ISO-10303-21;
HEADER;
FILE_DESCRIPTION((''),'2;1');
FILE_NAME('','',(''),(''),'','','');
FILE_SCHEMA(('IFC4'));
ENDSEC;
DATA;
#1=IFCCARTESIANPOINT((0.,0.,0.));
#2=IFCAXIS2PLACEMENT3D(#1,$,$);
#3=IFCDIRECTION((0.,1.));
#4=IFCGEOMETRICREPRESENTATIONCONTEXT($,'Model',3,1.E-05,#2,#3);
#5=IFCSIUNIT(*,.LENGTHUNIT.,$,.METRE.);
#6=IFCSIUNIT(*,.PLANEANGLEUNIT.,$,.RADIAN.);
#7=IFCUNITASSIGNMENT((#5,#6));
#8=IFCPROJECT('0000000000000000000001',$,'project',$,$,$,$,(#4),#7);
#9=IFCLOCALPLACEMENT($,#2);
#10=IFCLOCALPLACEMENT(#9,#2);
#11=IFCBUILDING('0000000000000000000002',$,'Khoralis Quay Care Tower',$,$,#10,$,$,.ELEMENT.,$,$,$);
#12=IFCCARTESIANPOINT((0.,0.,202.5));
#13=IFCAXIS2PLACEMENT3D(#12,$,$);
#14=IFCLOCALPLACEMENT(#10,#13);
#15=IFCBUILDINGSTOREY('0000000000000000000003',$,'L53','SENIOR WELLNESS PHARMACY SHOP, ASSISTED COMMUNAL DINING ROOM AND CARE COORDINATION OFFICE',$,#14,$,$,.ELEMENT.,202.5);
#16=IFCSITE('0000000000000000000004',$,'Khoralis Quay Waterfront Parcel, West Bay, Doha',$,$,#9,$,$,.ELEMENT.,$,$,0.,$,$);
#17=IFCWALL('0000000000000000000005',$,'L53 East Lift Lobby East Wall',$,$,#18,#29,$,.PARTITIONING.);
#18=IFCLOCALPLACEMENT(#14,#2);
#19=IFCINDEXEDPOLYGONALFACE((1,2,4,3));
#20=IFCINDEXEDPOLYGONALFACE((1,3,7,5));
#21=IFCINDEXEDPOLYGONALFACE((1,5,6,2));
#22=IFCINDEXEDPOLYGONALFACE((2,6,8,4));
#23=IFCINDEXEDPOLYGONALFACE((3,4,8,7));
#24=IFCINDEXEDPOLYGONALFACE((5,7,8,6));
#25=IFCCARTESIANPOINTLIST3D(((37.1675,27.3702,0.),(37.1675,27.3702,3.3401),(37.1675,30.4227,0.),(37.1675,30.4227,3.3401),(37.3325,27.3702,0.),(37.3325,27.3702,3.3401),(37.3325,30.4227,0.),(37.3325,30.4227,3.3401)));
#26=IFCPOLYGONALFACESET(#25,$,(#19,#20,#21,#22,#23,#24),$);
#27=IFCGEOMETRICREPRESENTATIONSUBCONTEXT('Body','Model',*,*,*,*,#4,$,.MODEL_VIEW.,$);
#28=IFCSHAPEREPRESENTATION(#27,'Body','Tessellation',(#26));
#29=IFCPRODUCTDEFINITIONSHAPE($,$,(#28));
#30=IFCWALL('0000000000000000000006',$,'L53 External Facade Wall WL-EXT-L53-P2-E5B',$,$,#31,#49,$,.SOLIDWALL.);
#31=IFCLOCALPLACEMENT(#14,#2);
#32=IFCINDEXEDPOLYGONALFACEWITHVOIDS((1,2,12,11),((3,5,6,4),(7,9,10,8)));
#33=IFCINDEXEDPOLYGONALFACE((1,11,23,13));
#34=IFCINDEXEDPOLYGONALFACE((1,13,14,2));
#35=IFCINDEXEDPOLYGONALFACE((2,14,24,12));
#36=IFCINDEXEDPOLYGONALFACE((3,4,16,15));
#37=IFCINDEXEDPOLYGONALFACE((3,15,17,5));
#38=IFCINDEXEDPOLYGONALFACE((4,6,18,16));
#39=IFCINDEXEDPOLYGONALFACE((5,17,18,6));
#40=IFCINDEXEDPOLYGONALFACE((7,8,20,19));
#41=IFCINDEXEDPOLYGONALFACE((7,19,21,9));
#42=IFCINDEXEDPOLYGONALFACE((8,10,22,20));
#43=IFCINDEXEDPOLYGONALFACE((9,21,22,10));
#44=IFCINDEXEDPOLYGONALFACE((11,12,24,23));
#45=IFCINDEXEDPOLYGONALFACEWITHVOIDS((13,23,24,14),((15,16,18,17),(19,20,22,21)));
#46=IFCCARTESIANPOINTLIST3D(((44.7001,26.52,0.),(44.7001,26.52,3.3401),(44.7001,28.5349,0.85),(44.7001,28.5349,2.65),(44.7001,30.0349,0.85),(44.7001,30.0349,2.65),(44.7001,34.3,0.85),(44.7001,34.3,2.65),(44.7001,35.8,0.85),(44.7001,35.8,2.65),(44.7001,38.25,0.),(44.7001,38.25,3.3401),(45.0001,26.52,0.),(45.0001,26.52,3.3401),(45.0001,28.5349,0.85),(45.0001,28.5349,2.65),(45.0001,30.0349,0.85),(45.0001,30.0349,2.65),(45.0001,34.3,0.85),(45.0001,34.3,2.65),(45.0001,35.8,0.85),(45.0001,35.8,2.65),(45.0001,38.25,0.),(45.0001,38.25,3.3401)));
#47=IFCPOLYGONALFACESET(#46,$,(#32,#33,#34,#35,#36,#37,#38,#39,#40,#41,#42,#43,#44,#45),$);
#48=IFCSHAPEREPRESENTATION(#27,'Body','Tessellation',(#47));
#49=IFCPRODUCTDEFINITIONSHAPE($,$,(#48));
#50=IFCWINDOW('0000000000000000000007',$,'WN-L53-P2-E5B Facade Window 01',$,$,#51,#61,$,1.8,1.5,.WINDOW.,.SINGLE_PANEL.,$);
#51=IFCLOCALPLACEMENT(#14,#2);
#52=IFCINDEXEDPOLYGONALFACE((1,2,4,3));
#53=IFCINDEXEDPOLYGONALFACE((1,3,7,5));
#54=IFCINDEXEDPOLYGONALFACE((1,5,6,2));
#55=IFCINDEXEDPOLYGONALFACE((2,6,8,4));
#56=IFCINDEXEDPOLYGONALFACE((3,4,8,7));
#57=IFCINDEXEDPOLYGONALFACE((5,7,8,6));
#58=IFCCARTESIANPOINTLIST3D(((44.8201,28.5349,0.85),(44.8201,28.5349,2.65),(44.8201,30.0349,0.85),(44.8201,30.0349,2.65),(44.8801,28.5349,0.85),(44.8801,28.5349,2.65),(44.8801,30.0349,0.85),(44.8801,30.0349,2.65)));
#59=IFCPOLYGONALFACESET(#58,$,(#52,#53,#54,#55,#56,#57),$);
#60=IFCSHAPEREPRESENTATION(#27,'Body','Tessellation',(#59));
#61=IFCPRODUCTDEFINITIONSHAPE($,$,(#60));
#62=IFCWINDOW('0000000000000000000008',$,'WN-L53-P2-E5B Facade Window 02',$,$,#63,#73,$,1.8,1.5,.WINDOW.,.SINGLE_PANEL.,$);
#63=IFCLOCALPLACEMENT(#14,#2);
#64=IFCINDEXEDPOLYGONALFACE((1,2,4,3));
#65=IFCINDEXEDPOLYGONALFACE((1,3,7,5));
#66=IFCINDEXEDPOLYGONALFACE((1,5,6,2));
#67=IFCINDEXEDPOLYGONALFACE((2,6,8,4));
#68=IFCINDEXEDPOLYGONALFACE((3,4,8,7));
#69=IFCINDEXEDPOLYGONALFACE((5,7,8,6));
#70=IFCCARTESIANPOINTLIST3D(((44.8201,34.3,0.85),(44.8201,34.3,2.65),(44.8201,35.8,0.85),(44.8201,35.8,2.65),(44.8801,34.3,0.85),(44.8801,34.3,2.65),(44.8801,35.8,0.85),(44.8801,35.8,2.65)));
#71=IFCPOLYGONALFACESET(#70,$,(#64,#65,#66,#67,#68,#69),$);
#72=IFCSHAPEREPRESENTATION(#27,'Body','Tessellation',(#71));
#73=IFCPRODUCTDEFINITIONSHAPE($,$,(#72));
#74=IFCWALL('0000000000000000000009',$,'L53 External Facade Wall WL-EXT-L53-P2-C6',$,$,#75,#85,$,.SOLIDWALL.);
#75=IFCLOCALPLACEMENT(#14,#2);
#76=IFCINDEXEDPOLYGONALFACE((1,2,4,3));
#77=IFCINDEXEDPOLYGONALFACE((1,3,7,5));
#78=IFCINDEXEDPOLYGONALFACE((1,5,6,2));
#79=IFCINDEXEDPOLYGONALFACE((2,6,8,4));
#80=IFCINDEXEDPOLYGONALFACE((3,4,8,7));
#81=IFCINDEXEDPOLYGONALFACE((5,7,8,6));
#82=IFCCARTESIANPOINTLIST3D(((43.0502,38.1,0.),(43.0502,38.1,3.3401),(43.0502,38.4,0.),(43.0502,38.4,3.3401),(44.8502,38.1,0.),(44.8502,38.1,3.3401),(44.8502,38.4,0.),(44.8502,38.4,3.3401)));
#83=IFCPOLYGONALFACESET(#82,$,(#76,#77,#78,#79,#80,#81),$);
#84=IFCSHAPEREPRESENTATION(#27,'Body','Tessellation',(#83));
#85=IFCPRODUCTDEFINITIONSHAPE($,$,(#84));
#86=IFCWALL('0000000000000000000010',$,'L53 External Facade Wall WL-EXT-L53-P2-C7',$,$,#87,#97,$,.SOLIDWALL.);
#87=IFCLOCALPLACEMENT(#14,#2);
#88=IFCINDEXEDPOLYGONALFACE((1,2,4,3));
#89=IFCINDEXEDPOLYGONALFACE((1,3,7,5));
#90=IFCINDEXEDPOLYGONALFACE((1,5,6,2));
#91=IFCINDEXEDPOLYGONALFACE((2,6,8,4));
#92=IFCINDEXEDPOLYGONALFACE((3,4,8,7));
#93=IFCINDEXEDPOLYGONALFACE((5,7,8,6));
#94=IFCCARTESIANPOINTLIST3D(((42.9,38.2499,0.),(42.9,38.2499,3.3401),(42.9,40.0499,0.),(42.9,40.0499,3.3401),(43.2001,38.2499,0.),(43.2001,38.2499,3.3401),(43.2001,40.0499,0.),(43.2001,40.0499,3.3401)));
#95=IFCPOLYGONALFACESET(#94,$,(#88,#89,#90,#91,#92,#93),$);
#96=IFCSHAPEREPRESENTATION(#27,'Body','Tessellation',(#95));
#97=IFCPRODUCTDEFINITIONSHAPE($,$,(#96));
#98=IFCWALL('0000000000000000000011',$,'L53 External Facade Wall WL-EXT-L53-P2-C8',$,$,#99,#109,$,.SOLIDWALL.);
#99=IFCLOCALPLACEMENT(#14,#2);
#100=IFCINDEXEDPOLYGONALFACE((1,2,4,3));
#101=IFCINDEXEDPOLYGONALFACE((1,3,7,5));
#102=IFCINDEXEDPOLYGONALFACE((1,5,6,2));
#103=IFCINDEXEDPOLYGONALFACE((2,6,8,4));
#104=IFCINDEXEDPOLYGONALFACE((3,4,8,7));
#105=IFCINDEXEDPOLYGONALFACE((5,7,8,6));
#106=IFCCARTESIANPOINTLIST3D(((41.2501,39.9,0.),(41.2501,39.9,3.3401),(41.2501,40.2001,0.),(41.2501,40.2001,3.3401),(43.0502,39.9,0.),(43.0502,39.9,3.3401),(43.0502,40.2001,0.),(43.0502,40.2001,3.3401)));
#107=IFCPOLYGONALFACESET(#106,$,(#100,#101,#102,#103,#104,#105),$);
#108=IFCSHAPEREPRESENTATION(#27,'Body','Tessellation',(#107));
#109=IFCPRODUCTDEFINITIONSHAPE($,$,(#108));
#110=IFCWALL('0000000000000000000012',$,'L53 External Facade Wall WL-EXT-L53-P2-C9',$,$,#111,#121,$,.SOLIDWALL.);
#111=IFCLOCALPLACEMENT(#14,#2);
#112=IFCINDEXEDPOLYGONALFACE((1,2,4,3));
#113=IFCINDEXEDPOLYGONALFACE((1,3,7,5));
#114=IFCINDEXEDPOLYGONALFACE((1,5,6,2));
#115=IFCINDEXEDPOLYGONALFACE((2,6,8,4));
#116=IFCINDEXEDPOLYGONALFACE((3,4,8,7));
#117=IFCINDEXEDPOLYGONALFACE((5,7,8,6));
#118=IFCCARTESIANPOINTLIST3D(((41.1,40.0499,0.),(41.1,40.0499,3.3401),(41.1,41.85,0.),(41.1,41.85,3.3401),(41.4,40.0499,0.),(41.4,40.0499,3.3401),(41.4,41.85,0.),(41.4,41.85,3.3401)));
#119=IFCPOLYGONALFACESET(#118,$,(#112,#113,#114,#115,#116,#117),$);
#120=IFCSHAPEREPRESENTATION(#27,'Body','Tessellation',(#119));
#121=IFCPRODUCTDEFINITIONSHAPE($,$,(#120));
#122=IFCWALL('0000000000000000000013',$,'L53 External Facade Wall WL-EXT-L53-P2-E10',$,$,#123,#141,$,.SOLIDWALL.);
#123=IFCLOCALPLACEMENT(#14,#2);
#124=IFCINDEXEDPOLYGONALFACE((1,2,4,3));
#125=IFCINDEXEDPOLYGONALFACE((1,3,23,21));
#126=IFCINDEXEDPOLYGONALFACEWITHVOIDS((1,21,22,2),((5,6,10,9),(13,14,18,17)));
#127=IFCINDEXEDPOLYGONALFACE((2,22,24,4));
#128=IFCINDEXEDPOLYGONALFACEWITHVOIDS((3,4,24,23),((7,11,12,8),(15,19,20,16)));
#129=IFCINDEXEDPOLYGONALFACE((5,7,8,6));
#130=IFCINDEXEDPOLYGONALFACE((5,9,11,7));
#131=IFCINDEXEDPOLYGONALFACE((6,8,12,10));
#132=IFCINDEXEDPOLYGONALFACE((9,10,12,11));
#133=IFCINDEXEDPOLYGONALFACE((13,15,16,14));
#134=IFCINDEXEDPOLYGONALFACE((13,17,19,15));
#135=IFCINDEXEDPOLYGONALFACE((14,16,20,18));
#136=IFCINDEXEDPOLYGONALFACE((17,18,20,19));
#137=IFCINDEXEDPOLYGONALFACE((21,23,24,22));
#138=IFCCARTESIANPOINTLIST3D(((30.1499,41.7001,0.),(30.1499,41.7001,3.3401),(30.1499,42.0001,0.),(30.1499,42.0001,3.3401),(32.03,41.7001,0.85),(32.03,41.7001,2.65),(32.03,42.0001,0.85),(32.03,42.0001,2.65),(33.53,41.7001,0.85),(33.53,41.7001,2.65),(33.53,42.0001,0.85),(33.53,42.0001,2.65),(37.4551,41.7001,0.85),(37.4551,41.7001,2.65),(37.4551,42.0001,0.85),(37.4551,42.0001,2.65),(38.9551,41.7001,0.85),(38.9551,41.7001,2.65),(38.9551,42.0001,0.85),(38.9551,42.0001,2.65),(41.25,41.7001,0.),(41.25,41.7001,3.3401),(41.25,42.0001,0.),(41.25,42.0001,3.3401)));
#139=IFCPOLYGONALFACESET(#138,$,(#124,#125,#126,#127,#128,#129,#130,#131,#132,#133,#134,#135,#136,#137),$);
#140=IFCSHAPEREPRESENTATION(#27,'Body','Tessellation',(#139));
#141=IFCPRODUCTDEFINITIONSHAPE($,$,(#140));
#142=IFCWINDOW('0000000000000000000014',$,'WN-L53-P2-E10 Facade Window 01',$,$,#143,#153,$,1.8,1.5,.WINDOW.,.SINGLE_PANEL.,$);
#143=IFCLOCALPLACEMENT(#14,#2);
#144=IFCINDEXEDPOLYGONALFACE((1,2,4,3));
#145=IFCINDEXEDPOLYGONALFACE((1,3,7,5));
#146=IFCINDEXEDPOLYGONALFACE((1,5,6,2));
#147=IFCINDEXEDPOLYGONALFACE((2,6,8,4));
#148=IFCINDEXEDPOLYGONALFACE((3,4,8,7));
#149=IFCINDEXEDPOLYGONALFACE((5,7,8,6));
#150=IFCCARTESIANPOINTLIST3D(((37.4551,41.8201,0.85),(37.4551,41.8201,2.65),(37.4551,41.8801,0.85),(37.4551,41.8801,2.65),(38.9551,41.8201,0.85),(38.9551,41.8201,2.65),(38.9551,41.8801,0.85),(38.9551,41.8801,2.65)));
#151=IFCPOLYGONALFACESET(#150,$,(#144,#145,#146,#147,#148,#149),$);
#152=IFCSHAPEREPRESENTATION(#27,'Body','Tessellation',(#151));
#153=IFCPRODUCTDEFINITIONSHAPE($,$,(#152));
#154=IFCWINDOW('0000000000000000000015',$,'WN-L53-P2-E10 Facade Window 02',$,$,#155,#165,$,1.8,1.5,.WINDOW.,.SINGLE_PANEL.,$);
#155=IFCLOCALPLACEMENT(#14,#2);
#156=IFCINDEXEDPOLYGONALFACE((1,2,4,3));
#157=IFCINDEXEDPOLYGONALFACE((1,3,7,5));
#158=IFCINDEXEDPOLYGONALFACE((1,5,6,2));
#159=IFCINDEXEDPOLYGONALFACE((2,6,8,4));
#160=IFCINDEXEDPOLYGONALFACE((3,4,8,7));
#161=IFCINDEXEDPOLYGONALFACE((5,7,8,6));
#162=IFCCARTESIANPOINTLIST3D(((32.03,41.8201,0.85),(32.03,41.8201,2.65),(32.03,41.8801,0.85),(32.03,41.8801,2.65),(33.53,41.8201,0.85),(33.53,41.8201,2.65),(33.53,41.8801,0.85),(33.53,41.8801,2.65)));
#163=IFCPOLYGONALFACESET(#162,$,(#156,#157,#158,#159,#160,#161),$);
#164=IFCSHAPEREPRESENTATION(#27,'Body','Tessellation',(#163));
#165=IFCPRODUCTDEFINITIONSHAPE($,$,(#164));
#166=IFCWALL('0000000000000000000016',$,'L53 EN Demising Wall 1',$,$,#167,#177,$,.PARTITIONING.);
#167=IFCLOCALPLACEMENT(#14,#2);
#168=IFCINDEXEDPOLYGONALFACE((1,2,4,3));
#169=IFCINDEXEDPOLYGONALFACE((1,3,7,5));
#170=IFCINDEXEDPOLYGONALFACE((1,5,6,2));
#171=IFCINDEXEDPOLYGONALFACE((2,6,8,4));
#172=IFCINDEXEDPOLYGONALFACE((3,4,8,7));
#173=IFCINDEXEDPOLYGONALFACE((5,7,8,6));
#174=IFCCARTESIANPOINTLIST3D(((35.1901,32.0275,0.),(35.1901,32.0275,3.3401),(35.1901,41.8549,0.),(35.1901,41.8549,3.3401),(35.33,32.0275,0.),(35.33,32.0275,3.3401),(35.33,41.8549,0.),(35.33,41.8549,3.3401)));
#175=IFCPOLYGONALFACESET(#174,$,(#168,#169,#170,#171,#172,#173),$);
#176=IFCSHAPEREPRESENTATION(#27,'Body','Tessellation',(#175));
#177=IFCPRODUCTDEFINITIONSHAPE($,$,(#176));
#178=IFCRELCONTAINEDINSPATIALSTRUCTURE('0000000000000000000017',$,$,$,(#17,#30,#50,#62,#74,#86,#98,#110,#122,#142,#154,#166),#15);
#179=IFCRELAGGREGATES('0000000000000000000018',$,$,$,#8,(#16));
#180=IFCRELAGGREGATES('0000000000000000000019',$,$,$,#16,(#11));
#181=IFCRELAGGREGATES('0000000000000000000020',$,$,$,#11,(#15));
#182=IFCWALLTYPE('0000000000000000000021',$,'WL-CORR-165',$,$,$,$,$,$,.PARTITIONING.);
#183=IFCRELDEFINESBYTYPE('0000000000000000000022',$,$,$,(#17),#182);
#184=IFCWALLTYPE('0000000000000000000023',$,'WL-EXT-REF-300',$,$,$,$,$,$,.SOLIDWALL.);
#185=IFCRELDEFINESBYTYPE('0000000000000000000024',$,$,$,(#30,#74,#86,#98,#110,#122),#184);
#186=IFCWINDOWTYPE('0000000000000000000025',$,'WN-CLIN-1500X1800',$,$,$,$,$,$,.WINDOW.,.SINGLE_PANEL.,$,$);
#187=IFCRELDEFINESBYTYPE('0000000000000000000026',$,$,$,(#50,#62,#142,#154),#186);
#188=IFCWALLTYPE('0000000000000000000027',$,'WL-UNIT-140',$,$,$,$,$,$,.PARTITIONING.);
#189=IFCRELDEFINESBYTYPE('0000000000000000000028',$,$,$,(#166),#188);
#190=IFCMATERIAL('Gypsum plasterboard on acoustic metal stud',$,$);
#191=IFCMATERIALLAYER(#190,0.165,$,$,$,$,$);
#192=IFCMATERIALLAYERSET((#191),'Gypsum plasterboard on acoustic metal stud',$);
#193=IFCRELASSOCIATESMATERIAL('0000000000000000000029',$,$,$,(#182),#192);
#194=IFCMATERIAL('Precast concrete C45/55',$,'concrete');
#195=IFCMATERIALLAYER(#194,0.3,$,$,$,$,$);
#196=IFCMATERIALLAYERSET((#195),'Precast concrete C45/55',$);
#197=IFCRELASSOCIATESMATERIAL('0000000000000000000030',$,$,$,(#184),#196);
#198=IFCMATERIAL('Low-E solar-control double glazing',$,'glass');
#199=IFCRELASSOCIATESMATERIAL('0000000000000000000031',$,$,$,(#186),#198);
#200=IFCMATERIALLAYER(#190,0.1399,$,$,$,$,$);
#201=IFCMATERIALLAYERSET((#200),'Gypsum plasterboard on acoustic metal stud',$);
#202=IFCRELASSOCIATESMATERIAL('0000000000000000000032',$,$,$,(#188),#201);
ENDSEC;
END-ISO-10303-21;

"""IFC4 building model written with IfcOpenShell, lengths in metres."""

from ifc_helpers import new_model, si_unit, direction, frame, frame_2d, origin, place, context, subcontext, project, spatial, rectangle, extrude, source, transform, mapped, material, layer, layer_set, type_object, element, fill, save


model = new_model("IFC4")

# Units and contexts
model_context = context("Model", 3, precision=1e-05, world=origin(), true_north=direction((0.0, 1.0)))
body_context = subcontext(model_context, "Body", "Model", "MODEL_VIEW")
ifc_project = project(units=[si_unit("LENGTHUNIT", "METRE"), si_unit("PLANEANGLEUNIT", "RADIAN")], contexts=[model_context])

# Site, building, storey
site_placement = place(None, origin())
site = spatial("IfcSite", under=ifc_project, at=site_placement, Name="Khoralis Quay Waterfront Parcel, West Bay, Doha", CompositionType="ELEMENT", RefElevation=0.0)
building_placement = place(site_placement, origin())
building = spatial("IfcBuilding", under=site, at=building_placement, Name="Khoralis Quay Care Tower", CompositionType="ELEMENT")
storey_placement = place(building_placement, frame((0.0, 0.0, 202.5)))
storey = spatial("IfcBuildingStorey", under=building, at=storey_placement, Name="L53", Description="SENIOR WELLNESS PHARMACY SHOP, ASSISTED COMMUNAL DINING ROOM AND CARE COORDINATION OFFICE", CompositionType="ELEMENT", Elevation=202.5)

# Wall
ifc_material_1 = material(Name="Gypsum plasterboard on acoustic metal stud")
ifc_layer_1 = layer(ifc_material_1, 0.165)
ifc_layer_set_1 = layer_set([ifc_layer_1], Name="Gypsum plasterboard on acoustic metal stud")
wall_type_1 = type_object("IfcWallType", Name="WL-CORR-165", PredefinedType="PARTITIONING", material=ifc_layer_set_1)
wall_1_placement = place(storey_placement, frame((37.25, 27.3701, 0.0), z_axis=(0.0, 0.0, 1.0), x_axis=(0.0, 1.0, 0.0)))
element("IfcWall", 1, at=wall_1_placement, inside=storey, type_object=wall_type_1, Name="L53 East Lift Lobby East Wall", PredefinedType="PARTITIONING", context=body_context, shape_type="SweptSolid", body=[
    extrude(rectangle(XDim=3.0525, YDim=0.165, at=frame_2d((1.5264, 0.0))), origin(), (0.0, 0.0, 1.0), 3.3401),
])

# Wall, openings, windows
ifc_material_2 = material(Name="Precast concrete C45/55", Category="concrete")
ifc_layer_2 = layer(ifc_material_2, 0.3)
ifc_layer_set_2 = layer_set([ifc_layer_2], Name="Precast concrete C45/55")
wall_type_2 = type_object("IfcWallType", Name="WL-EXT-REF-300", PredefinedType="SOLIDWALL", material=ifc_layer_set_2)
wall_2_placement = place(storey_placement, frame((44.8501, 26.52, 0.0), z_axis=(0.0, 0.0, 1.0), x_axis=(0.0, 1.0, 0.0)))
wall_2 = element("IfcWall", 2, at=wall_2_placement, inside=storey, type_object=wall_type_2, Name="L53 External Facade Wall WL-EXT-L53-P2-E5B", PredefinedType="SOLIDWALL", context=body_context, shape_type="SweptSolid", body=[
    extrude(rectangle(XDim=11.73, YDim=0.3, at=frame_2d((5.865, 0.0))), origin(), (0.0, 0.0, 1.0), 3.3401),
])
opening_1_placement = place(wall_2_placement, frame((2.0149, 0.0, 0.8501)))
opening_1 = element("IfcOpeningElement", 3, at=opening_1_placement, cuts=wall_2, PredefinedType="OPENING", context=body_context, shape_type="SweptSolid", body=[
    extrude(rectangle(XDim=1.5, YDim=1.8, at=frame_2d((0.75, 0.8999))), frame((0.0, 0.1602, 0.0), z_axis=(0.0, -1.0, 0.0), x_axis=(1.0, 0.0, 0.0)), (0.0, 0.0, 1.0), 0.3201),
])
opening_2_placement = place(wall_2_placement, frame((7.78, 0.0, 0.8501)))
opening_2 = element("IfcOpeningElement", 4, at=opening_2_placement, cuts=wall_2, PredefinedType="OPENING", context=body_context, shape_type="SweptSolid", body=[
    extrude(rectangle(XDim=1.5, YDim=1.8, at=frame_2d((0.75, 0.8999))), frame((0.0, 0.1602, 0.0), z_axis=(0.0, -1.0, 0.0), x_axis=(1.0, 0.0, 0.0)), (0.0, 0.0, 1.0), 0.3201),
])
ifc_material_3 = material(Name="Low-E solar-control double glazing", Category="glass")
window_type = type_object("IfcWindowType", Name="WN-CLIN-1500X1800", PartitioningType="SINGLE_PANEL", PredefinedType="WINDOW", material=ifc_material_3)
shared_shape_1 = source(origin(), body_context, "Body", "SweptSolid", [
    extrude(rectangle(XDim=1.5, YDim=1.8, at=frame_2d((0.75, 0.8999))), frame((0.0, 0.03, 0.0), z_axis=(0.0, -1.0, 0.0), x_axis=(1.0, 0.0, 0.0)), (0.0, 0.0, 1.0), 0.0601),
])
window_1_placement = place(opening_1_placement, origin())
window_1 = element("IfcWindow", 5, at=window_1_placement, inside=storey, type_object=window_type, Name="WN-L53-P2-E5B Facade Window 01", OverallHeight=1.8, OverallWidth=1.5, PartitioningType="SINGLE_PANEL", PredefinedType="WINDOW", context=body_context, shape_type="MappedRepresentation", body=[
    mapped(shared_shape_1, transform((0.0, 0.0, 0.0), scale=1.0)),
])
fill(opening_1, window_1)
window_2_placement = place(opening_2_placement, origin())
window_2 = element("IfcWindow", 6, at=window_2_placement, inside=storey, type_object=window_type, Name="WN-L53-P2-E5B Facade Window 02", OverallHeight=1.8, OverallWidth=1.5, PartitioningType="SINGLE_PANEL", PredefinedType="WINDOW", context=body_context, shape_type="MappedRepresentation", body=[
    mapped(shared_shape_1, transform((0.0, 0.0, 0.0), scale=1.0)),
])
fill(opening_2, window_2)

# Walls
for number, where, z_axis, x_axis, name in (
    (7, (44.8501, 38.25, 0.0), (0.0, 0.0, 1.0), (-1.0, 0.0, 0.0), "L53 External Facade Wall WL-EXT-L53-P2-C6"),
    (8, (43.05, 38.25, 0.0), (0.0, 0.0, 1.0), (0.0, 1.0, 0.0), "L53 External Facade Wall WL-EXT-L53-P2-C7"),
    (9, (43.05, 40.05, 0.0), (0.0, 0.0, 1.0), (-1.0, 0.0, 0.0), "L53 External Facade Wall WL-EXT-L53-P2-C8"),
    (10, (41.25, 40.05, 0.0), (0.0, 0.0, 1.0), (0.0, 1.0, 0.0), "L53 External Facade Wall WL-EXT-L53-P2-C9"),
):
    element("IfcWall", number, at=place(storey_placement, frame(where, z_axis=z_axis, x_axis=x_axis)), inside=storey, type_object=wall_type_2, Name=name, PredefinedType="SOLIDWALL", context=body_context, shape_type="SweptSolid", body=[
        extrude(rectangle(XDim=1.8, YDim=0.3, at=frame_2d((0.8999, 0.0))), origin(), (0.0, 0.0, 1.0), 3.3401),
    ])

# Wall, openings, windows
wall_3_placement = place(storey_placement, frame((41.25, 41.8501, 0.0), z_axis=(0.0, 0.0, 1.0), x_axis=(-1.0, 0.0, 0.0)))
wall_3 = element("IfcWall", 11, at=wall_3_placement, inside=storey, type_object=wall_type_2, Name="L53 External Facade Wall WL-EXT-L53-P2-E10", PredefinedType="SOLIDWALL", context=body_context, shape_type="SweptSolid", body=[
    extrude(rectangle(XDim=11.1001, YDim=0.3, at=frame_2d((5.55, 0.0))), origin(), (0.0, 0.0, 1.0), 3.3401),
])
opening_3_placement = place(wall_3_placement, frame((2.2949, 0.0, 0.8501)))
opening_3 = element("IfcOpeningElement", 12, at=opening_3_placement, cuts=wall_3, PredefinedType="OPENING", context=body_context, shape_type="SweptSolid", body=[
    extrude(rectangle(XDim=1.5, YDim=1.8, at=frame_2d((0.75, 0.8999))), frame((0.0, 0.1602, 0.0), z_axis=(0.0, -1.0, 0.0), x_axis=(1.0, 0.0, 0.0)), (0.0, 0.0, 1.0), 0.3201),
])
opening_4_placement = place(wall_3_placement, frame((7.72, 0.0, 0.8501)))
opening_4 = element("IfcOpeningElement", 13, at=opening_4_placement, cuts=wall_3, PredefinedType="OPENING", context=body_context, shape_type="SweptSolid", body=[
    extrude(rectangle(XDim=1.5, YDim=1.8, at=frame_2d((0.75, 0.8999))), frame((0.0, 0.1602, 0.0), z_axis=(0.0, -1.0, 0.0), x_axis=(1.0, 0.0, 0.0)), (0.0, 0.0, 1.0), 0.3201),
])
window_3_placement = place(opening_3_placement, origin())
window_3 = element("IfcWindow", 14, at=window_3_placement, inside=storey, type_object=window_type, Name="WN-L53-P2-E10 Facade Window 01", OverallHeight=1.8, OverallWidth=1.5, PartitioningType="SINGLE_PANEL", PredefinedType="WINDOW", context=body_context, shape_type="MappedRepresentation", body=[
    mapped(shared_shape_1, transform((0.0, 0.0, 0.0), scale=1.0)),
])
fill(opening_3, window_3)
window_4_placement = place(opening_4_placement, origin())
window_4 = element("IfcWindow", 15, at=window_4_placement, inside=storey, type_object=window_type, Name="WN-L53-P2-E10 Facade Window 02", OverallHeight=1.8, OverallWidth=1.5, PartitioningType="SINGLE_PANEL", PredefinedType="WINDOW", context=body_context, shape_type="MappedRepresentation", body=[
    mapped(shared_shape_1, transform((0.0, 0.0, 0.0), scale=1.0)),
])
fill(opening_4, window_4)

# Wall
ifc_layer_3 = layer(ifc_material_1, 0.1399)
ifc_layer_set_3 = layer_set([ifc_layer_3], Name="Gypsum plasterboard on acoustic metal stud")
wall_type_3 = type_object("IfcWallType", Name="WL-UNIT-140", PredefinedType="PARTITIONING", material=ifc_layer_set_3)
wall_4_placement = place(storey_placement, frame((35.26, 32.0276, 0.0), z_axis=(0.0, 0.0, 1.0), x_axis=(0.0, 1.0, 0.0)))
element("IfcWall", 16, at=wall_4_placement, inside=storey, type_object=wall_type_3, Name="L53 EN Demising Wall 1", PredefinedType="PARTITIONING", context=body_context, shape_type="SweptSolid", body=[
    extrude(rectangle(XDim=9.8274, YDim=0.1399, at=frame_2d((4.9136, 0.0))), origin(), (0.0, 0.0, 1.0), 3.3401),
])

save(model, "model.ifc")
